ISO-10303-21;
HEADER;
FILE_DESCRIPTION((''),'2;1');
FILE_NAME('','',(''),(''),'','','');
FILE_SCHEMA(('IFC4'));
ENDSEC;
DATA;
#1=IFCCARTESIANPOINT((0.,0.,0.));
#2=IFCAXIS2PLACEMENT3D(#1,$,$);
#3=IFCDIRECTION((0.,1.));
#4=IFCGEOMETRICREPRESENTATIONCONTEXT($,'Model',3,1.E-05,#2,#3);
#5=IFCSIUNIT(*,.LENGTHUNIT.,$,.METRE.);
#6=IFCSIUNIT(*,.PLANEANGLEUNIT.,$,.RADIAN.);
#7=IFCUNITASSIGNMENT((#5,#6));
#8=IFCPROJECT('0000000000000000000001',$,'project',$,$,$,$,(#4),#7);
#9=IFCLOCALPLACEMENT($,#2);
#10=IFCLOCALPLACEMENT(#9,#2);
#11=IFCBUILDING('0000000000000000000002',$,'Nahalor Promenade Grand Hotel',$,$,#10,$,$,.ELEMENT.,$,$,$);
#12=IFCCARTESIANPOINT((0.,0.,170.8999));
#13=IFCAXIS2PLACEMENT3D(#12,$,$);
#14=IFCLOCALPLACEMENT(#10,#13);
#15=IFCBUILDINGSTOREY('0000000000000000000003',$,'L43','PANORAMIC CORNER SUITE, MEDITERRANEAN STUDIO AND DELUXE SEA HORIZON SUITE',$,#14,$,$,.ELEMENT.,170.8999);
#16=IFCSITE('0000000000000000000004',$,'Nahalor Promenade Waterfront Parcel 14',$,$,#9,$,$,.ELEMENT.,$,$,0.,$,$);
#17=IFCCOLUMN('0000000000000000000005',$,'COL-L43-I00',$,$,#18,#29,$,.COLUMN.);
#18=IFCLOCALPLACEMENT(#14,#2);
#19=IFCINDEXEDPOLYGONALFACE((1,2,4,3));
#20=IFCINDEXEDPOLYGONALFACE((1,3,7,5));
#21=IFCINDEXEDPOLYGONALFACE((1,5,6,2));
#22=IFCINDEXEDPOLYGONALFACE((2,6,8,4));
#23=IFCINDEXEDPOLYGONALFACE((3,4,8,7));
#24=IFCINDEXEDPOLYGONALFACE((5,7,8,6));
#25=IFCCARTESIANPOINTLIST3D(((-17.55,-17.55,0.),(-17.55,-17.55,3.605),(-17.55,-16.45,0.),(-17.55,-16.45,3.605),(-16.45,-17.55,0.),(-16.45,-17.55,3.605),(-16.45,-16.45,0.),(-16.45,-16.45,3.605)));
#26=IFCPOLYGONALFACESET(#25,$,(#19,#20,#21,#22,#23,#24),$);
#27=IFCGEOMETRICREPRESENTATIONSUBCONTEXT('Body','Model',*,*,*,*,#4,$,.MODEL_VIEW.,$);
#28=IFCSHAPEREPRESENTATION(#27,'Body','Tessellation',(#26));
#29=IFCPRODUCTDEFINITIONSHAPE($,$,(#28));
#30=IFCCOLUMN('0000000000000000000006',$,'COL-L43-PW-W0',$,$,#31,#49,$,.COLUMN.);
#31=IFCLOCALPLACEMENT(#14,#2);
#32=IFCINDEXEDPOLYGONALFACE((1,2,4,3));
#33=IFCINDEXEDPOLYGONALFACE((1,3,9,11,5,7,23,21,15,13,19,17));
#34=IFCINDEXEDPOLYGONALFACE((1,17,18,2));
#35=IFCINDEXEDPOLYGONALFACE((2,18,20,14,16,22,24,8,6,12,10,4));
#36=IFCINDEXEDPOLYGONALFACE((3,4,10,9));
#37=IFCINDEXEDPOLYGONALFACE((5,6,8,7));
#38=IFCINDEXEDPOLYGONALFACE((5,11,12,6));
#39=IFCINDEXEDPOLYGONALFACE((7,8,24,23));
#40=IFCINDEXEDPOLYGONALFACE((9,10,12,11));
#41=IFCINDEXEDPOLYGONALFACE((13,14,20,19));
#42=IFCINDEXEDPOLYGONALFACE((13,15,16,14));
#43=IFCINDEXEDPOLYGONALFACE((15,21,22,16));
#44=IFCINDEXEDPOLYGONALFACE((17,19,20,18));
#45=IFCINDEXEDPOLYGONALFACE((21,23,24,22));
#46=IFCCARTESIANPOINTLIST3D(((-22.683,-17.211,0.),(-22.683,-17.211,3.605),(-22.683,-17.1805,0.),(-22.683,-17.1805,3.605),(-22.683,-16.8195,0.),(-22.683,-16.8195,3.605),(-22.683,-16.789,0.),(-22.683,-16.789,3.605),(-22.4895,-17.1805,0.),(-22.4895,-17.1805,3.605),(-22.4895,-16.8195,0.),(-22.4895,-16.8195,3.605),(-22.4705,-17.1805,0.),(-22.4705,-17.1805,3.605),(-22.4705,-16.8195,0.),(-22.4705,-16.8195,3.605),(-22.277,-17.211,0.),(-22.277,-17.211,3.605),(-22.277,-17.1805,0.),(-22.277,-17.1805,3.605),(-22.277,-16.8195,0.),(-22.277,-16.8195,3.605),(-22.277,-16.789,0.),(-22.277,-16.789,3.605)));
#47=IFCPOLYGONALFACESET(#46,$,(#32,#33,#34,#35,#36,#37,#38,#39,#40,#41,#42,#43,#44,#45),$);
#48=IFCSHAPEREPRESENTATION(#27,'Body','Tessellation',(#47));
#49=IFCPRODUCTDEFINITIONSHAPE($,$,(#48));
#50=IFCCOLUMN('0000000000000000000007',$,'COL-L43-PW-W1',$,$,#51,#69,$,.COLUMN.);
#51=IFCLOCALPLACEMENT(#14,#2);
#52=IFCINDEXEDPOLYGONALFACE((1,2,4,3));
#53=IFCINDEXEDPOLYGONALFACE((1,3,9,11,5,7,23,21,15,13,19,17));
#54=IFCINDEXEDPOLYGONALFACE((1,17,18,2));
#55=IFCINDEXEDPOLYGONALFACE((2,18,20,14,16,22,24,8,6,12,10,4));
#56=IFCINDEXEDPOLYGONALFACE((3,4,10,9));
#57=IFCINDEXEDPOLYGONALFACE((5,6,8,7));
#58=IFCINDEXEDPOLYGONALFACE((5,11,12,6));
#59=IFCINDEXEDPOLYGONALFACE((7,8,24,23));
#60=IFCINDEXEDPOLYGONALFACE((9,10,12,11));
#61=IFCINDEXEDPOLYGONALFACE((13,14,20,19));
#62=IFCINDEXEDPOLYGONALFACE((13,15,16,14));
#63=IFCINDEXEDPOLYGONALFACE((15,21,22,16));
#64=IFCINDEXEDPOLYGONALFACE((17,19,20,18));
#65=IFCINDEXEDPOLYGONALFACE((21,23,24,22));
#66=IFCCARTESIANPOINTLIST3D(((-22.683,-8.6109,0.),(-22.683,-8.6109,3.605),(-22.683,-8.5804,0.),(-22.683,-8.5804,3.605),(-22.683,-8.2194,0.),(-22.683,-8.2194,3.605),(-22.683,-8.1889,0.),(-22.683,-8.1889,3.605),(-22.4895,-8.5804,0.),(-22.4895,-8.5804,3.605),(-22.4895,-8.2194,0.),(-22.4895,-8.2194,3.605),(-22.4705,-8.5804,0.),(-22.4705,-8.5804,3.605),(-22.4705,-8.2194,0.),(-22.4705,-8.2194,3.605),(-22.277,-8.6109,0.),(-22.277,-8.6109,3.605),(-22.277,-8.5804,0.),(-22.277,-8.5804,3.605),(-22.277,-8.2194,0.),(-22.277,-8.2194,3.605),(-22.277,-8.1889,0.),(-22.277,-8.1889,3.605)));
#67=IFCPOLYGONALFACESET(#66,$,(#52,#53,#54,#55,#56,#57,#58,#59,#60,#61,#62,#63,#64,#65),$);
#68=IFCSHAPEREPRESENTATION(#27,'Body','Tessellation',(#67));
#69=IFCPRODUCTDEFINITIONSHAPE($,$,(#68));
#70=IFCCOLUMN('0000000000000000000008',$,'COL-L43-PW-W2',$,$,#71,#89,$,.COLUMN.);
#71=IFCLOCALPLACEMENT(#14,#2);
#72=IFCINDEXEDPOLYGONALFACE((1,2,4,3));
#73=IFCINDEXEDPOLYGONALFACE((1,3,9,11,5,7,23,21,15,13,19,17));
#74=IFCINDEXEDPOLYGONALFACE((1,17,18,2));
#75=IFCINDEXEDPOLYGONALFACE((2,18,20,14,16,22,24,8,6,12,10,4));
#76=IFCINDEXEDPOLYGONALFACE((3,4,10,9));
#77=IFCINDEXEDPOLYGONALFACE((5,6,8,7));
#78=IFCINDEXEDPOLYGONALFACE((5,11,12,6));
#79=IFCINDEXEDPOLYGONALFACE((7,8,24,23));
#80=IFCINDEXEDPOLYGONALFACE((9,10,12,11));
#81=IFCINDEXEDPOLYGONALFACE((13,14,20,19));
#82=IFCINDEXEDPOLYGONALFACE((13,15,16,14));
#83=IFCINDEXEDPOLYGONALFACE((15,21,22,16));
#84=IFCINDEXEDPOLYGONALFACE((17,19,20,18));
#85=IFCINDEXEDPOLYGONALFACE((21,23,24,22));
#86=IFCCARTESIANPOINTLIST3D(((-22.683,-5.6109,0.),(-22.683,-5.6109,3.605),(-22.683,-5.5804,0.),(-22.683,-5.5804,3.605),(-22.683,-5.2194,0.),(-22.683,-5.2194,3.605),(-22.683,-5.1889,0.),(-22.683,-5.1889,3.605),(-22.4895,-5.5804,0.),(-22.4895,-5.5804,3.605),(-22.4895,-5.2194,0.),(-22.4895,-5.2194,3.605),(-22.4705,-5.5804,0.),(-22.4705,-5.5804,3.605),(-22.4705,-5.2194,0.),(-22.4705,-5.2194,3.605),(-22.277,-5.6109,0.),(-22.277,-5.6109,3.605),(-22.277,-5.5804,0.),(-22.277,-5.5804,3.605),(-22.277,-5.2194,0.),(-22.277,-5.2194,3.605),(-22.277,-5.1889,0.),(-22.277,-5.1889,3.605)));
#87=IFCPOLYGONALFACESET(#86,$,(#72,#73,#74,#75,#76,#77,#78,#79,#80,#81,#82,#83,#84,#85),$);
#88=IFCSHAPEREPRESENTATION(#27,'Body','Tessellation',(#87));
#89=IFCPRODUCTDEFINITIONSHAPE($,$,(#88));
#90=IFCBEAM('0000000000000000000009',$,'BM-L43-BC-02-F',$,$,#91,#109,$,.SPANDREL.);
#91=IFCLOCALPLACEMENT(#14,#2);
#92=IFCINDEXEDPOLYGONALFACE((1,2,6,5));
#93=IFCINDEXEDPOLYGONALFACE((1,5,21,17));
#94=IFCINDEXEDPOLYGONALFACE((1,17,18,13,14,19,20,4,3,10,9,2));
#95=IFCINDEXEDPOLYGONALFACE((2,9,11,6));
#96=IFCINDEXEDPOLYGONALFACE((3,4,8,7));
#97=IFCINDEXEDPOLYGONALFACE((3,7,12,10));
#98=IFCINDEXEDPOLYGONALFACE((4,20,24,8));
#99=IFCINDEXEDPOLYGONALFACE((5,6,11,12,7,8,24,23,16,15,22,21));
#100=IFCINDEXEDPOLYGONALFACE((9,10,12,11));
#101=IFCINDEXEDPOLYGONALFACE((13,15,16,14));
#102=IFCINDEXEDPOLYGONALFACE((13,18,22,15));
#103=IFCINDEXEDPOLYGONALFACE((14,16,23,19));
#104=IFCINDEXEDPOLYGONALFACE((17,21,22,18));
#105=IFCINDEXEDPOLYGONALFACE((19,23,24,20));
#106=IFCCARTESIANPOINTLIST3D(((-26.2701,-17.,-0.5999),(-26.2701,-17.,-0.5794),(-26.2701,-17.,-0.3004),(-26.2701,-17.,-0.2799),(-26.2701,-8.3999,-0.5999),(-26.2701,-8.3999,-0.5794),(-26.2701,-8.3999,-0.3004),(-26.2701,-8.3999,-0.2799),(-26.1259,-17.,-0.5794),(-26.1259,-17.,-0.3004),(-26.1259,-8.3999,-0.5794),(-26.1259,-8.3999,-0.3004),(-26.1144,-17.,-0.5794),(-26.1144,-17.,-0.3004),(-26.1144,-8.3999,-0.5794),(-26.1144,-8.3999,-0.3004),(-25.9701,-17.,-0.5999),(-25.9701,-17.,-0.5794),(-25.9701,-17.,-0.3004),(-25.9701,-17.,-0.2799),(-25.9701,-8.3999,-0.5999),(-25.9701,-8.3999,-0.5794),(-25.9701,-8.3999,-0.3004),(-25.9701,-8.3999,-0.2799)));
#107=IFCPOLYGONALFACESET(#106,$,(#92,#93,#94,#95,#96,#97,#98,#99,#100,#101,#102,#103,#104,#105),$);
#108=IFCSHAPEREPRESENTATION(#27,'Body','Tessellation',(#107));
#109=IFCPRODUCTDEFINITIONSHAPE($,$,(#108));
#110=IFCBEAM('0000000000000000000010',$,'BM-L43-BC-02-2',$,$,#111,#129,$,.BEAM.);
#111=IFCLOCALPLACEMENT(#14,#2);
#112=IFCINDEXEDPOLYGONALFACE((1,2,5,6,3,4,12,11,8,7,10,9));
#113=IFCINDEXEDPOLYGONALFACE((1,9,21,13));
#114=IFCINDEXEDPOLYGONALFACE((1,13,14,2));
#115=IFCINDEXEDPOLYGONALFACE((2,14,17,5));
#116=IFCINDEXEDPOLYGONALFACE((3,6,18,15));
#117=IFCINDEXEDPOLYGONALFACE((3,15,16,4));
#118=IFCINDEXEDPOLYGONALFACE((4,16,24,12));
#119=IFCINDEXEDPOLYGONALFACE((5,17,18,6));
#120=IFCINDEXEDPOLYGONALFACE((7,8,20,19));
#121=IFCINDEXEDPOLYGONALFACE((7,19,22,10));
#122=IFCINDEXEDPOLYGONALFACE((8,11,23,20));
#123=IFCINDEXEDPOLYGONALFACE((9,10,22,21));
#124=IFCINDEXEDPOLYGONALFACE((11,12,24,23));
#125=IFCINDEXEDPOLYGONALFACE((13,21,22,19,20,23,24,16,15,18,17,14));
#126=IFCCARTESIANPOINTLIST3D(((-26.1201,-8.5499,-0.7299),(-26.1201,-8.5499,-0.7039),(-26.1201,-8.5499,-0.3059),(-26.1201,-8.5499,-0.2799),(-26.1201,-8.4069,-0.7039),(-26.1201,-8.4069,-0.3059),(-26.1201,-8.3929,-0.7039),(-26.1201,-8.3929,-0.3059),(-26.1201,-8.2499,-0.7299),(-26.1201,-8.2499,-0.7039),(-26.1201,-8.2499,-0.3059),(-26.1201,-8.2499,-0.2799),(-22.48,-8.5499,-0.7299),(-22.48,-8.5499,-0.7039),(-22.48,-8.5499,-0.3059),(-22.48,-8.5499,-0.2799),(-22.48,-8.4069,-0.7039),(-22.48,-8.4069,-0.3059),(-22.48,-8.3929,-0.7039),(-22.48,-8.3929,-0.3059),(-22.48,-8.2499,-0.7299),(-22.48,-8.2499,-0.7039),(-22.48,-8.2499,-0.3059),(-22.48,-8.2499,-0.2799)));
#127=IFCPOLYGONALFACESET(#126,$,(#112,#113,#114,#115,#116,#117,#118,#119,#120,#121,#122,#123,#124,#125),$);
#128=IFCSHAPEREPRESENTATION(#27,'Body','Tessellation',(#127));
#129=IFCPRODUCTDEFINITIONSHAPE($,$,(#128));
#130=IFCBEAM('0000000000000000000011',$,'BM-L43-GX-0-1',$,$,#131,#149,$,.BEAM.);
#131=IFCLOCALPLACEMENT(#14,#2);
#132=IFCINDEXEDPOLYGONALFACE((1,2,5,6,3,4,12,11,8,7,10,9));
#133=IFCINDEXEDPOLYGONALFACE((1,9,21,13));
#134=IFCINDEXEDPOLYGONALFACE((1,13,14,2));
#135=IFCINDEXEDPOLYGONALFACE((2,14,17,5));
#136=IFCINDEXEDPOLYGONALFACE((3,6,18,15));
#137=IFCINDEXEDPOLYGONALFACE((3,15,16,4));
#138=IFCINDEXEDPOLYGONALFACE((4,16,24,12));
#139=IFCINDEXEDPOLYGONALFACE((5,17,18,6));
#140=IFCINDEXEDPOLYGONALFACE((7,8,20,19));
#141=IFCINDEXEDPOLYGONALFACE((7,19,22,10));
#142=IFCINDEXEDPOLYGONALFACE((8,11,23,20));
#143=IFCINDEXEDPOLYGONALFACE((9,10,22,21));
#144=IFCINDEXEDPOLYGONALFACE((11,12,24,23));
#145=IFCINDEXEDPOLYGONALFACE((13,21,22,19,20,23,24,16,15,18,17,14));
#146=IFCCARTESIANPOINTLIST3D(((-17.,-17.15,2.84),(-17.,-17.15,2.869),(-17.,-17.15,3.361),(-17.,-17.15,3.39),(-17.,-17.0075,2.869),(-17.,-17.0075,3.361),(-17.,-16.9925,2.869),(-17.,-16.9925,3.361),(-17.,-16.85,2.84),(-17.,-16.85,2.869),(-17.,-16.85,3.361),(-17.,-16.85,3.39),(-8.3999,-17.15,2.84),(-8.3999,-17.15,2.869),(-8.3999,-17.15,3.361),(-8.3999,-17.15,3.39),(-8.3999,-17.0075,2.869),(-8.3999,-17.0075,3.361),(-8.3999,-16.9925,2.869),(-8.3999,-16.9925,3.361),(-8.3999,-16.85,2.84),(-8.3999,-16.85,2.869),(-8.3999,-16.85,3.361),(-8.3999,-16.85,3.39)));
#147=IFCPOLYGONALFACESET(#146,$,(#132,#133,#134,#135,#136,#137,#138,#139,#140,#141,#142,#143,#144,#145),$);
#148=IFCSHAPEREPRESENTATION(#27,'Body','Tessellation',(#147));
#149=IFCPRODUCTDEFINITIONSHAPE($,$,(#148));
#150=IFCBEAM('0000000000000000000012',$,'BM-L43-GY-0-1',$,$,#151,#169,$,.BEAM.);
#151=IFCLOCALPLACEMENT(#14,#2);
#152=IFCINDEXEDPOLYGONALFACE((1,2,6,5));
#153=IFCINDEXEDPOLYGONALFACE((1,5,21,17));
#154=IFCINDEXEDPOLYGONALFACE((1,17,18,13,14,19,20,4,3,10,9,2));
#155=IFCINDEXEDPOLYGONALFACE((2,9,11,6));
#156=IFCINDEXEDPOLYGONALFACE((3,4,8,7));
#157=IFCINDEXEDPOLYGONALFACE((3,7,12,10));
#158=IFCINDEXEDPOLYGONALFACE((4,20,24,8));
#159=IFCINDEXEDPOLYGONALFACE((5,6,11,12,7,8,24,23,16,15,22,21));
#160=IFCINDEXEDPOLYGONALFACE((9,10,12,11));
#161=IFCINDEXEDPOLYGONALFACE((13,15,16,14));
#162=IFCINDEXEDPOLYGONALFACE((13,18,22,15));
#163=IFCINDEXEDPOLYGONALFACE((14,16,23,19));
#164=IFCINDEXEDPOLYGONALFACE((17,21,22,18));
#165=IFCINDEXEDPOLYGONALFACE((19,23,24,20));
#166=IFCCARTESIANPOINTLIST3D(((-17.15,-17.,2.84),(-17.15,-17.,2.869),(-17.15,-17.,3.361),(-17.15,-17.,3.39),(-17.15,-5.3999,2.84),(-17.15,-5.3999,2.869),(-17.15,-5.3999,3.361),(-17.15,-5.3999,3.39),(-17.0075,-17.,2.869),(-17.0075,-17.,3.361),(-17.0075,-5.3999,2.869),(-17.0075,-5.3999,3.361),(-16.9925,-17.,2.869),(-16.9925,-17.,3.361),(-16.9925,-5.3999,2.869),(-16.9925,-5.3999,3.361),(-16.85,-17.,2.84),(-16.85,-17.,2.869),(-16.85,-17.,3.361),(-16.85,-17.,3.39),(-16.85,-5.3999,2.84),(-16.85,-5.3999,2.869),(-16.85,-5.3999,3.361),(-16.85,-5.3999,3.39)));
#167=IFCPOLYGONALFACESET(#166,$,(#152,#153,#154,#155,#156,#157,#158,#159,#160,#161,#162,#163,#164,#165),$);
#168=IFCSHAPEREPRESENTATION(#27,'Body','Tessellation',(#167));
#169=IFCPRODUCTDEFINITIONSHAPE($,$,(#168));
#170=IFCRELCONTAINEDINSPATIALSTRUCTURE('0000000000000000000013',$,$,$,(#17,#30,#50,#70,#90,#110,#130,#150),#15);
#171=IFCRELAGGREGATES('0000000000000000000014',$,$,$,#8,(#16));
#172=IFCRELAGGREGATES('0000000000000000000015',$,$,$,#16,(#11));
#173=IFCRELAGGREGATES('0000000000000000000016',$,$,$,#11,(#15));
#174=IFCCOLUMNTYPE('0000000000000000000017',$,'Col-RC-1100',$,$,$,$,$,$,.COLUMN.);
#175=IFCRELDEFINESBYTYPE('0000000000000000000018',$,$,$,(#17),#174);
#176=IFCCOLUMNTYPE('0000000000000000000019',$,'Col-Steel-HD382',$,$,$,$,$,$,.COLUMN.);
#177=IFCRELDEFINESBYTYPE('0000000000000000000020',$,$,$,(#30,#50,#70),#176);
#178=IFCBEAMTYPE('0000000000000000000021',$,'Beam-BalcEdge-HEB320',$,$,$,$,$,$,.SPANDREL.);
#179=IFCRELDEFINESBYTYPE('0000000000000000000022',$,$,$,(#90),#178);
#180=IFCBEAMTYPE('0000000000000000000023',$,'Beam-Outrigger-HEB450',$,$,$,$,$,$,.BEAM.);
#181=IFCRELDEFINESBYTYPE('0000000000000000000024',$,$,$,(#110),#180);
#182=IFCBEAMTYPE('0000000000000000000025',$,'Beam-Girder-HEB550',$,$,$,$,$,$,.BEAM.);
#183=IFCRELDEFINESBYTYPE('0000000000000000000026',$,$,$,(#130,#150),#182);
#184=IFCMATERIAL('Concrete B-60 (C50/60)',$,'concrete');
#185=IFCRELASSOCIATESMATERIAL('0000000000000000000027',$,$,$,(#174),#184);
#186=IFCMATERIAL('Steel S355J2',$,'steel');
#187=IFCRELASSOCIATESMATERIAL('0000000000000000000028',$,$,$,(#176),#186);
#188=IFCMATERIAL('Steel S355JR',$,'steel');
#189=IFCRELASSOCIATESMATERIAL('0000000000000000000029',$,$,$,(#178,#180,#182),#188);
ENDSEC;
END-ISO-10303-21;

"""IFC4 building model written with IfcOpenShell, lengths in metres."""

from ifc_helpers import new_model, si_unit, direction, frame, origin, origin_2d, place, context, subcontext, project, spatial, rectangle, i_section, extrude, source, transform, mapped, material, material_profile, profile_set, type_object, element, save


model = new_model("IFC4")

# Units and contexts
model_context = context("Model", 3, precision=1e-05, world=origin(), true_north=direction((0.0, 1.0)))
body_context = subcontext(model_context, "Body", "Model", "MODEL_VIEW")
ifc_project = project(units=[si_unit("LENGTHUNIT", "METRE"), si_unit("PLANEANGLEUNIT", "RADIAN")], contexts=[model_context])

# Site, building, storey
site_placement = place(None, origin())
site = spatial("IfcSite", under=ifc_project, at=site_placement, Name="Nahalor Promenade Waterfront Parcel 14", CompositionType="ELEMENT", RefElevation=0.0)
building_placement = place(site_placement, origin())
building = spatial("IfcBuilding", under=site, at=building_placement, Name="Nahalor Promenade Grand Hotel", CompositionType="ELEMENT")
storey_placement = place(building_placement, frame((0.0, 0.0, 170.8999)))
storey = spatial("IfcBuildingStorey", under=building, at=storey_placement, Name="L43", Description="PANORAMIC CORNER SUITE, MEDITERRANEAN STUDIO AND DELUXE SEA HORIZON SUITE", CompositionType="ELEMENT", Elevation=170.8999)

# Columns
ifc_material_1 = material(Name="Concrete B-60 (C50/60)", Category="concrete")
ifc_material_profile_1 = material_profile(ifc_material_1, rectangle(XDim=1.1, YDim=1.1, at=origin_2d()), Name="RC 1100x1100")
ifc_profile_set_1 = profile_set([ifc_material_profile_1], Name="Concrete B-60 (C50/60)")
column_type_1 = type_object("IfcColumnType", Name="Col-RC-1100", PredefinedType="COLUMN", material=ifc_profile_set_1)
shared_shape_1 = source(origin(), body_context, "Body", "SweptSolid", [
    extrude(rectangle(XDim=1.1, YDim=1.1, at=origin_2d()), origin(), (0.0, 0.0, 1.0), 3.605),
])
column_placement = place(storey_placement, frame((-17.0, -17.0, 0.0), z_axis=(0.0, 0.0, 1.0), x_axis=(1.0, 0.0, 0.0)))
element("IfcColumn", 1, at=column_placement, inside=storey, type_object=column_type_1, Name="COL-L43-I00", PredefinedType="COLUMN", context=body_context, shape_type="MappedRepresentation", body=[
    mapped(shared_shape_1, transform((0.0, 0.0, 0.0), scale=1.0)),
])
ifc_material_2 = material(Name="Steel S355J2", Category="steel")
ifc_material_profile_2 = material_profile(ifc_material_2, i_section(OverallWidth=0.406, OverallDepth=0.422, WebThickness=0.019, FlangeThickness=0.0305, at=origin_2d()), Name="HD 400x382")
ifc_profile_set_2 = profile_set([ifc_material_profile_2], Name="Steel S355J2")
column_type_2 = type_object("IfcColumnType", Name="Col-Steel-HD382", PredefinedType="COLUMN", material=ifc_profile_set_2)
shared_shape_2 = source(origin(), body_context, "Body", "SweptSolid", [
    extrude(i_section(OverallWidth=0.406, OverallDepth=0.422, WebThickness=0.019, FlangeThickness=0.0305, at=origin_2d()), origin(), (0.0, 0.0, 1.0), 3.605),
])
for number, where, z_axis, x_axis, name in (
    (2, (-22.48, -17.0, 0.0), (0.0, 0.0, 1.0), (1.0, 0.0, 0.0), "COL-L43-PW-W0"),
    (3, (-22.48, -8.3999, 0.0), (0.0, 0.0, 1.0), (1.0, 0.0, 0.0), "COL-L43-PW-W1"),
    (4, (-22.48, -5.3999, 0.0), (0.0, 0.0, 1.0), (1.0, 0.0, 0.0), "COL-L43-PW-W2"),
):
    element("IfcColumn", number, at=place(storey_placement, frame(where, z_axis=z_axis, x_axis=x_axis)), inside=storey, type_object=column_type_2, Name=name, PredefinedType="COLUMN", context=body_context, shape_type="MappedRepresentation", body=[
        mapped(shared_shape_2, transform((0.0, 0.0, 0.0), scale=1.0)),
    ])

# Beams
ifc_material_3 = material(Name="Steel S355JR", Category="steel")
ifc_material_profile_3 = material_profile(ifc_material_3, i_section(OverallWidth=0.3, OverallDepth=0.32, WebThickness=0.0115, FlangeThickness=0.0205, at=origin_2d()), Name="HEB 320")
ifc_profile_set_3 = profile_set([ifc_material_profile_3], Name="Steel S355JR")
beam_type_1 = type_object("IfcBeamType", Name="Beam-BalcEdge-HEB320", PredefinedType="SPANDREL", material=ifc_profile_set_3)
shared_shape_3 = source(origin(), body_context, "Body", "SweptSolid", [
    extrude(i_section(OverallWidth=0.3, OverallDepth=0.32, WebThickness=0.0115, FlangeThickness=0.0205, at=origin_2d()), origin(), (0.0, 0.0, 1.0), 8.6001),
])
beam_1_placement = place(storey_placement, frame((-26.1201, -17.0, -0.4399), z_axis=(0.0, 1.0, 0.0), x_axis=(-1.0, 0.0, 0.0)))
element("IfcBeam", 5, at=beam_1_placement, inside=storey, type_object=beam_type_1, Name="BM-L43-BC-02-F", PredefinedType="SPANDREL", context=body_context, shape_type="MappedRepresentation", body=[
    mapped(shared_shape_3, transform((0.0, 0.0, 0.0), scale=1.0)),
])
ifc_material_profile_4 = material_profile(ifc_material_3, i_section(OverallWidth=0.3, OverallDepth=0.45, WebThickness=0.014, FlangeThickness=0.026, at=origin_2d()), Name="HEB 450")
ifc_profile_set_4 = profile_set([ifc_material_profile_4], Name="Steel S355JR")
beam_type_2 = type_object("IfcBeamType", Name="Beam-Outrigger-HEB450", PredefinedType="BEAM", material=ifc_profile_set_4)
shared_shape_4 = source(origin(), body_context, "Body", "SweptSolid", [
    extrude(i_section(OverallWidth=0.3, OverallDepth=0.45, WebThickness=0.014, FlangeThickness=0.026, at=origin_2d()), origin(), (0.0, 0.0, 1.0), 3.6401),
])
beam_2_placement = place(storey_placement, frame((-26.1201, -8.3999, -0.5049), z_axis=(1.0, 0.0, 0.0), x_axis=(0.0, 1.0, 0.0)))
element("IfcBeam", 6, at=beam_2_placement, inside=storey, type_object=beam_type_2, Name="BM-L43-BC-02-2", PredefinedType="BEAM", context=body_context, shape_type="MappedRepresentation", body=[
    mapped(shared_shape_4, transform((0.0, 0.0, 0.0), scale=1.0)),
])
ifc_material_profile_5 = material_profile(ifc_material_3, i_section(OverallWidth=0.3, OverallDepth=0.55, WebThickness=0.015, FlangeThickness=0.029, at=origin_2d()), Name="HEB 550")
ifc_profile_set_5 = profile_set([ifc_material_profile_5], Name="Steel S355JR")
beam_type_3 = type_object("IfcBeamType", Name="Beam-Girder-HEB550", PredefinedType="BEAM", material=ifc_profile_set_5)
shared_shape_5 = source(origin(), body_context, "Body", "SweptSolid", [
    extrude(i_section(OverallWidth=0.3, OverallDepth=0.55, WebThickness=0.015, FlangeThickness=0.029, at=origin_2d()), origin(), (0.0, 0.0, 1.0), 8.6001),
])
beam_3_placement = place(storey_placement, frame((-17.0, -17.0, 3.115), z_axis=(1.0, 0.0, 0.0), x_axis=(0.0, 1.0, 0.0)))
element("IfcBeam", 7, at=beam_3_placement, inside=storey, type_object=beam_type_3, Name="BM-L43-GX-0-1", PredefinedType="BEAM", context=body_context, shape_type="MappedRepresentation", body=[
    mapped(shared_shape_5, transform((0.0, 0.0, 0.0), scale=1.0)),
])
shared_shape_6 = source(origin(), body_context, "Body", "SweptSolid", [
    extrude(i_section(OverallWidth=0.3, OverallDepth=0.55, WebThickness=0.015, FlangeThickness=0.029, at=origin_2d()), origin(), (0.0, 0.0, 1.0), 11.6001),
])
beam_4_placement = place(storey_placement, frame((-17.0, -17.0, 3.115), z_axis=(0.0, 1.0, 0.0), x_axis=(-1.0, 0.0, 0.0)))
element("IfcBeam", 8, at=beam_4_placement, inside=storey, type_object=beam_type_3, Name="BM-L43-GY-0-1", PredefinedType="BEAM", context=body_context, shape_type="MappedRepresentation", body=[
    mapped(shared_shape_6, transform((0.0, 0.0, 0.0), scale=1.0)),
])

save(model, "model.ifc")
